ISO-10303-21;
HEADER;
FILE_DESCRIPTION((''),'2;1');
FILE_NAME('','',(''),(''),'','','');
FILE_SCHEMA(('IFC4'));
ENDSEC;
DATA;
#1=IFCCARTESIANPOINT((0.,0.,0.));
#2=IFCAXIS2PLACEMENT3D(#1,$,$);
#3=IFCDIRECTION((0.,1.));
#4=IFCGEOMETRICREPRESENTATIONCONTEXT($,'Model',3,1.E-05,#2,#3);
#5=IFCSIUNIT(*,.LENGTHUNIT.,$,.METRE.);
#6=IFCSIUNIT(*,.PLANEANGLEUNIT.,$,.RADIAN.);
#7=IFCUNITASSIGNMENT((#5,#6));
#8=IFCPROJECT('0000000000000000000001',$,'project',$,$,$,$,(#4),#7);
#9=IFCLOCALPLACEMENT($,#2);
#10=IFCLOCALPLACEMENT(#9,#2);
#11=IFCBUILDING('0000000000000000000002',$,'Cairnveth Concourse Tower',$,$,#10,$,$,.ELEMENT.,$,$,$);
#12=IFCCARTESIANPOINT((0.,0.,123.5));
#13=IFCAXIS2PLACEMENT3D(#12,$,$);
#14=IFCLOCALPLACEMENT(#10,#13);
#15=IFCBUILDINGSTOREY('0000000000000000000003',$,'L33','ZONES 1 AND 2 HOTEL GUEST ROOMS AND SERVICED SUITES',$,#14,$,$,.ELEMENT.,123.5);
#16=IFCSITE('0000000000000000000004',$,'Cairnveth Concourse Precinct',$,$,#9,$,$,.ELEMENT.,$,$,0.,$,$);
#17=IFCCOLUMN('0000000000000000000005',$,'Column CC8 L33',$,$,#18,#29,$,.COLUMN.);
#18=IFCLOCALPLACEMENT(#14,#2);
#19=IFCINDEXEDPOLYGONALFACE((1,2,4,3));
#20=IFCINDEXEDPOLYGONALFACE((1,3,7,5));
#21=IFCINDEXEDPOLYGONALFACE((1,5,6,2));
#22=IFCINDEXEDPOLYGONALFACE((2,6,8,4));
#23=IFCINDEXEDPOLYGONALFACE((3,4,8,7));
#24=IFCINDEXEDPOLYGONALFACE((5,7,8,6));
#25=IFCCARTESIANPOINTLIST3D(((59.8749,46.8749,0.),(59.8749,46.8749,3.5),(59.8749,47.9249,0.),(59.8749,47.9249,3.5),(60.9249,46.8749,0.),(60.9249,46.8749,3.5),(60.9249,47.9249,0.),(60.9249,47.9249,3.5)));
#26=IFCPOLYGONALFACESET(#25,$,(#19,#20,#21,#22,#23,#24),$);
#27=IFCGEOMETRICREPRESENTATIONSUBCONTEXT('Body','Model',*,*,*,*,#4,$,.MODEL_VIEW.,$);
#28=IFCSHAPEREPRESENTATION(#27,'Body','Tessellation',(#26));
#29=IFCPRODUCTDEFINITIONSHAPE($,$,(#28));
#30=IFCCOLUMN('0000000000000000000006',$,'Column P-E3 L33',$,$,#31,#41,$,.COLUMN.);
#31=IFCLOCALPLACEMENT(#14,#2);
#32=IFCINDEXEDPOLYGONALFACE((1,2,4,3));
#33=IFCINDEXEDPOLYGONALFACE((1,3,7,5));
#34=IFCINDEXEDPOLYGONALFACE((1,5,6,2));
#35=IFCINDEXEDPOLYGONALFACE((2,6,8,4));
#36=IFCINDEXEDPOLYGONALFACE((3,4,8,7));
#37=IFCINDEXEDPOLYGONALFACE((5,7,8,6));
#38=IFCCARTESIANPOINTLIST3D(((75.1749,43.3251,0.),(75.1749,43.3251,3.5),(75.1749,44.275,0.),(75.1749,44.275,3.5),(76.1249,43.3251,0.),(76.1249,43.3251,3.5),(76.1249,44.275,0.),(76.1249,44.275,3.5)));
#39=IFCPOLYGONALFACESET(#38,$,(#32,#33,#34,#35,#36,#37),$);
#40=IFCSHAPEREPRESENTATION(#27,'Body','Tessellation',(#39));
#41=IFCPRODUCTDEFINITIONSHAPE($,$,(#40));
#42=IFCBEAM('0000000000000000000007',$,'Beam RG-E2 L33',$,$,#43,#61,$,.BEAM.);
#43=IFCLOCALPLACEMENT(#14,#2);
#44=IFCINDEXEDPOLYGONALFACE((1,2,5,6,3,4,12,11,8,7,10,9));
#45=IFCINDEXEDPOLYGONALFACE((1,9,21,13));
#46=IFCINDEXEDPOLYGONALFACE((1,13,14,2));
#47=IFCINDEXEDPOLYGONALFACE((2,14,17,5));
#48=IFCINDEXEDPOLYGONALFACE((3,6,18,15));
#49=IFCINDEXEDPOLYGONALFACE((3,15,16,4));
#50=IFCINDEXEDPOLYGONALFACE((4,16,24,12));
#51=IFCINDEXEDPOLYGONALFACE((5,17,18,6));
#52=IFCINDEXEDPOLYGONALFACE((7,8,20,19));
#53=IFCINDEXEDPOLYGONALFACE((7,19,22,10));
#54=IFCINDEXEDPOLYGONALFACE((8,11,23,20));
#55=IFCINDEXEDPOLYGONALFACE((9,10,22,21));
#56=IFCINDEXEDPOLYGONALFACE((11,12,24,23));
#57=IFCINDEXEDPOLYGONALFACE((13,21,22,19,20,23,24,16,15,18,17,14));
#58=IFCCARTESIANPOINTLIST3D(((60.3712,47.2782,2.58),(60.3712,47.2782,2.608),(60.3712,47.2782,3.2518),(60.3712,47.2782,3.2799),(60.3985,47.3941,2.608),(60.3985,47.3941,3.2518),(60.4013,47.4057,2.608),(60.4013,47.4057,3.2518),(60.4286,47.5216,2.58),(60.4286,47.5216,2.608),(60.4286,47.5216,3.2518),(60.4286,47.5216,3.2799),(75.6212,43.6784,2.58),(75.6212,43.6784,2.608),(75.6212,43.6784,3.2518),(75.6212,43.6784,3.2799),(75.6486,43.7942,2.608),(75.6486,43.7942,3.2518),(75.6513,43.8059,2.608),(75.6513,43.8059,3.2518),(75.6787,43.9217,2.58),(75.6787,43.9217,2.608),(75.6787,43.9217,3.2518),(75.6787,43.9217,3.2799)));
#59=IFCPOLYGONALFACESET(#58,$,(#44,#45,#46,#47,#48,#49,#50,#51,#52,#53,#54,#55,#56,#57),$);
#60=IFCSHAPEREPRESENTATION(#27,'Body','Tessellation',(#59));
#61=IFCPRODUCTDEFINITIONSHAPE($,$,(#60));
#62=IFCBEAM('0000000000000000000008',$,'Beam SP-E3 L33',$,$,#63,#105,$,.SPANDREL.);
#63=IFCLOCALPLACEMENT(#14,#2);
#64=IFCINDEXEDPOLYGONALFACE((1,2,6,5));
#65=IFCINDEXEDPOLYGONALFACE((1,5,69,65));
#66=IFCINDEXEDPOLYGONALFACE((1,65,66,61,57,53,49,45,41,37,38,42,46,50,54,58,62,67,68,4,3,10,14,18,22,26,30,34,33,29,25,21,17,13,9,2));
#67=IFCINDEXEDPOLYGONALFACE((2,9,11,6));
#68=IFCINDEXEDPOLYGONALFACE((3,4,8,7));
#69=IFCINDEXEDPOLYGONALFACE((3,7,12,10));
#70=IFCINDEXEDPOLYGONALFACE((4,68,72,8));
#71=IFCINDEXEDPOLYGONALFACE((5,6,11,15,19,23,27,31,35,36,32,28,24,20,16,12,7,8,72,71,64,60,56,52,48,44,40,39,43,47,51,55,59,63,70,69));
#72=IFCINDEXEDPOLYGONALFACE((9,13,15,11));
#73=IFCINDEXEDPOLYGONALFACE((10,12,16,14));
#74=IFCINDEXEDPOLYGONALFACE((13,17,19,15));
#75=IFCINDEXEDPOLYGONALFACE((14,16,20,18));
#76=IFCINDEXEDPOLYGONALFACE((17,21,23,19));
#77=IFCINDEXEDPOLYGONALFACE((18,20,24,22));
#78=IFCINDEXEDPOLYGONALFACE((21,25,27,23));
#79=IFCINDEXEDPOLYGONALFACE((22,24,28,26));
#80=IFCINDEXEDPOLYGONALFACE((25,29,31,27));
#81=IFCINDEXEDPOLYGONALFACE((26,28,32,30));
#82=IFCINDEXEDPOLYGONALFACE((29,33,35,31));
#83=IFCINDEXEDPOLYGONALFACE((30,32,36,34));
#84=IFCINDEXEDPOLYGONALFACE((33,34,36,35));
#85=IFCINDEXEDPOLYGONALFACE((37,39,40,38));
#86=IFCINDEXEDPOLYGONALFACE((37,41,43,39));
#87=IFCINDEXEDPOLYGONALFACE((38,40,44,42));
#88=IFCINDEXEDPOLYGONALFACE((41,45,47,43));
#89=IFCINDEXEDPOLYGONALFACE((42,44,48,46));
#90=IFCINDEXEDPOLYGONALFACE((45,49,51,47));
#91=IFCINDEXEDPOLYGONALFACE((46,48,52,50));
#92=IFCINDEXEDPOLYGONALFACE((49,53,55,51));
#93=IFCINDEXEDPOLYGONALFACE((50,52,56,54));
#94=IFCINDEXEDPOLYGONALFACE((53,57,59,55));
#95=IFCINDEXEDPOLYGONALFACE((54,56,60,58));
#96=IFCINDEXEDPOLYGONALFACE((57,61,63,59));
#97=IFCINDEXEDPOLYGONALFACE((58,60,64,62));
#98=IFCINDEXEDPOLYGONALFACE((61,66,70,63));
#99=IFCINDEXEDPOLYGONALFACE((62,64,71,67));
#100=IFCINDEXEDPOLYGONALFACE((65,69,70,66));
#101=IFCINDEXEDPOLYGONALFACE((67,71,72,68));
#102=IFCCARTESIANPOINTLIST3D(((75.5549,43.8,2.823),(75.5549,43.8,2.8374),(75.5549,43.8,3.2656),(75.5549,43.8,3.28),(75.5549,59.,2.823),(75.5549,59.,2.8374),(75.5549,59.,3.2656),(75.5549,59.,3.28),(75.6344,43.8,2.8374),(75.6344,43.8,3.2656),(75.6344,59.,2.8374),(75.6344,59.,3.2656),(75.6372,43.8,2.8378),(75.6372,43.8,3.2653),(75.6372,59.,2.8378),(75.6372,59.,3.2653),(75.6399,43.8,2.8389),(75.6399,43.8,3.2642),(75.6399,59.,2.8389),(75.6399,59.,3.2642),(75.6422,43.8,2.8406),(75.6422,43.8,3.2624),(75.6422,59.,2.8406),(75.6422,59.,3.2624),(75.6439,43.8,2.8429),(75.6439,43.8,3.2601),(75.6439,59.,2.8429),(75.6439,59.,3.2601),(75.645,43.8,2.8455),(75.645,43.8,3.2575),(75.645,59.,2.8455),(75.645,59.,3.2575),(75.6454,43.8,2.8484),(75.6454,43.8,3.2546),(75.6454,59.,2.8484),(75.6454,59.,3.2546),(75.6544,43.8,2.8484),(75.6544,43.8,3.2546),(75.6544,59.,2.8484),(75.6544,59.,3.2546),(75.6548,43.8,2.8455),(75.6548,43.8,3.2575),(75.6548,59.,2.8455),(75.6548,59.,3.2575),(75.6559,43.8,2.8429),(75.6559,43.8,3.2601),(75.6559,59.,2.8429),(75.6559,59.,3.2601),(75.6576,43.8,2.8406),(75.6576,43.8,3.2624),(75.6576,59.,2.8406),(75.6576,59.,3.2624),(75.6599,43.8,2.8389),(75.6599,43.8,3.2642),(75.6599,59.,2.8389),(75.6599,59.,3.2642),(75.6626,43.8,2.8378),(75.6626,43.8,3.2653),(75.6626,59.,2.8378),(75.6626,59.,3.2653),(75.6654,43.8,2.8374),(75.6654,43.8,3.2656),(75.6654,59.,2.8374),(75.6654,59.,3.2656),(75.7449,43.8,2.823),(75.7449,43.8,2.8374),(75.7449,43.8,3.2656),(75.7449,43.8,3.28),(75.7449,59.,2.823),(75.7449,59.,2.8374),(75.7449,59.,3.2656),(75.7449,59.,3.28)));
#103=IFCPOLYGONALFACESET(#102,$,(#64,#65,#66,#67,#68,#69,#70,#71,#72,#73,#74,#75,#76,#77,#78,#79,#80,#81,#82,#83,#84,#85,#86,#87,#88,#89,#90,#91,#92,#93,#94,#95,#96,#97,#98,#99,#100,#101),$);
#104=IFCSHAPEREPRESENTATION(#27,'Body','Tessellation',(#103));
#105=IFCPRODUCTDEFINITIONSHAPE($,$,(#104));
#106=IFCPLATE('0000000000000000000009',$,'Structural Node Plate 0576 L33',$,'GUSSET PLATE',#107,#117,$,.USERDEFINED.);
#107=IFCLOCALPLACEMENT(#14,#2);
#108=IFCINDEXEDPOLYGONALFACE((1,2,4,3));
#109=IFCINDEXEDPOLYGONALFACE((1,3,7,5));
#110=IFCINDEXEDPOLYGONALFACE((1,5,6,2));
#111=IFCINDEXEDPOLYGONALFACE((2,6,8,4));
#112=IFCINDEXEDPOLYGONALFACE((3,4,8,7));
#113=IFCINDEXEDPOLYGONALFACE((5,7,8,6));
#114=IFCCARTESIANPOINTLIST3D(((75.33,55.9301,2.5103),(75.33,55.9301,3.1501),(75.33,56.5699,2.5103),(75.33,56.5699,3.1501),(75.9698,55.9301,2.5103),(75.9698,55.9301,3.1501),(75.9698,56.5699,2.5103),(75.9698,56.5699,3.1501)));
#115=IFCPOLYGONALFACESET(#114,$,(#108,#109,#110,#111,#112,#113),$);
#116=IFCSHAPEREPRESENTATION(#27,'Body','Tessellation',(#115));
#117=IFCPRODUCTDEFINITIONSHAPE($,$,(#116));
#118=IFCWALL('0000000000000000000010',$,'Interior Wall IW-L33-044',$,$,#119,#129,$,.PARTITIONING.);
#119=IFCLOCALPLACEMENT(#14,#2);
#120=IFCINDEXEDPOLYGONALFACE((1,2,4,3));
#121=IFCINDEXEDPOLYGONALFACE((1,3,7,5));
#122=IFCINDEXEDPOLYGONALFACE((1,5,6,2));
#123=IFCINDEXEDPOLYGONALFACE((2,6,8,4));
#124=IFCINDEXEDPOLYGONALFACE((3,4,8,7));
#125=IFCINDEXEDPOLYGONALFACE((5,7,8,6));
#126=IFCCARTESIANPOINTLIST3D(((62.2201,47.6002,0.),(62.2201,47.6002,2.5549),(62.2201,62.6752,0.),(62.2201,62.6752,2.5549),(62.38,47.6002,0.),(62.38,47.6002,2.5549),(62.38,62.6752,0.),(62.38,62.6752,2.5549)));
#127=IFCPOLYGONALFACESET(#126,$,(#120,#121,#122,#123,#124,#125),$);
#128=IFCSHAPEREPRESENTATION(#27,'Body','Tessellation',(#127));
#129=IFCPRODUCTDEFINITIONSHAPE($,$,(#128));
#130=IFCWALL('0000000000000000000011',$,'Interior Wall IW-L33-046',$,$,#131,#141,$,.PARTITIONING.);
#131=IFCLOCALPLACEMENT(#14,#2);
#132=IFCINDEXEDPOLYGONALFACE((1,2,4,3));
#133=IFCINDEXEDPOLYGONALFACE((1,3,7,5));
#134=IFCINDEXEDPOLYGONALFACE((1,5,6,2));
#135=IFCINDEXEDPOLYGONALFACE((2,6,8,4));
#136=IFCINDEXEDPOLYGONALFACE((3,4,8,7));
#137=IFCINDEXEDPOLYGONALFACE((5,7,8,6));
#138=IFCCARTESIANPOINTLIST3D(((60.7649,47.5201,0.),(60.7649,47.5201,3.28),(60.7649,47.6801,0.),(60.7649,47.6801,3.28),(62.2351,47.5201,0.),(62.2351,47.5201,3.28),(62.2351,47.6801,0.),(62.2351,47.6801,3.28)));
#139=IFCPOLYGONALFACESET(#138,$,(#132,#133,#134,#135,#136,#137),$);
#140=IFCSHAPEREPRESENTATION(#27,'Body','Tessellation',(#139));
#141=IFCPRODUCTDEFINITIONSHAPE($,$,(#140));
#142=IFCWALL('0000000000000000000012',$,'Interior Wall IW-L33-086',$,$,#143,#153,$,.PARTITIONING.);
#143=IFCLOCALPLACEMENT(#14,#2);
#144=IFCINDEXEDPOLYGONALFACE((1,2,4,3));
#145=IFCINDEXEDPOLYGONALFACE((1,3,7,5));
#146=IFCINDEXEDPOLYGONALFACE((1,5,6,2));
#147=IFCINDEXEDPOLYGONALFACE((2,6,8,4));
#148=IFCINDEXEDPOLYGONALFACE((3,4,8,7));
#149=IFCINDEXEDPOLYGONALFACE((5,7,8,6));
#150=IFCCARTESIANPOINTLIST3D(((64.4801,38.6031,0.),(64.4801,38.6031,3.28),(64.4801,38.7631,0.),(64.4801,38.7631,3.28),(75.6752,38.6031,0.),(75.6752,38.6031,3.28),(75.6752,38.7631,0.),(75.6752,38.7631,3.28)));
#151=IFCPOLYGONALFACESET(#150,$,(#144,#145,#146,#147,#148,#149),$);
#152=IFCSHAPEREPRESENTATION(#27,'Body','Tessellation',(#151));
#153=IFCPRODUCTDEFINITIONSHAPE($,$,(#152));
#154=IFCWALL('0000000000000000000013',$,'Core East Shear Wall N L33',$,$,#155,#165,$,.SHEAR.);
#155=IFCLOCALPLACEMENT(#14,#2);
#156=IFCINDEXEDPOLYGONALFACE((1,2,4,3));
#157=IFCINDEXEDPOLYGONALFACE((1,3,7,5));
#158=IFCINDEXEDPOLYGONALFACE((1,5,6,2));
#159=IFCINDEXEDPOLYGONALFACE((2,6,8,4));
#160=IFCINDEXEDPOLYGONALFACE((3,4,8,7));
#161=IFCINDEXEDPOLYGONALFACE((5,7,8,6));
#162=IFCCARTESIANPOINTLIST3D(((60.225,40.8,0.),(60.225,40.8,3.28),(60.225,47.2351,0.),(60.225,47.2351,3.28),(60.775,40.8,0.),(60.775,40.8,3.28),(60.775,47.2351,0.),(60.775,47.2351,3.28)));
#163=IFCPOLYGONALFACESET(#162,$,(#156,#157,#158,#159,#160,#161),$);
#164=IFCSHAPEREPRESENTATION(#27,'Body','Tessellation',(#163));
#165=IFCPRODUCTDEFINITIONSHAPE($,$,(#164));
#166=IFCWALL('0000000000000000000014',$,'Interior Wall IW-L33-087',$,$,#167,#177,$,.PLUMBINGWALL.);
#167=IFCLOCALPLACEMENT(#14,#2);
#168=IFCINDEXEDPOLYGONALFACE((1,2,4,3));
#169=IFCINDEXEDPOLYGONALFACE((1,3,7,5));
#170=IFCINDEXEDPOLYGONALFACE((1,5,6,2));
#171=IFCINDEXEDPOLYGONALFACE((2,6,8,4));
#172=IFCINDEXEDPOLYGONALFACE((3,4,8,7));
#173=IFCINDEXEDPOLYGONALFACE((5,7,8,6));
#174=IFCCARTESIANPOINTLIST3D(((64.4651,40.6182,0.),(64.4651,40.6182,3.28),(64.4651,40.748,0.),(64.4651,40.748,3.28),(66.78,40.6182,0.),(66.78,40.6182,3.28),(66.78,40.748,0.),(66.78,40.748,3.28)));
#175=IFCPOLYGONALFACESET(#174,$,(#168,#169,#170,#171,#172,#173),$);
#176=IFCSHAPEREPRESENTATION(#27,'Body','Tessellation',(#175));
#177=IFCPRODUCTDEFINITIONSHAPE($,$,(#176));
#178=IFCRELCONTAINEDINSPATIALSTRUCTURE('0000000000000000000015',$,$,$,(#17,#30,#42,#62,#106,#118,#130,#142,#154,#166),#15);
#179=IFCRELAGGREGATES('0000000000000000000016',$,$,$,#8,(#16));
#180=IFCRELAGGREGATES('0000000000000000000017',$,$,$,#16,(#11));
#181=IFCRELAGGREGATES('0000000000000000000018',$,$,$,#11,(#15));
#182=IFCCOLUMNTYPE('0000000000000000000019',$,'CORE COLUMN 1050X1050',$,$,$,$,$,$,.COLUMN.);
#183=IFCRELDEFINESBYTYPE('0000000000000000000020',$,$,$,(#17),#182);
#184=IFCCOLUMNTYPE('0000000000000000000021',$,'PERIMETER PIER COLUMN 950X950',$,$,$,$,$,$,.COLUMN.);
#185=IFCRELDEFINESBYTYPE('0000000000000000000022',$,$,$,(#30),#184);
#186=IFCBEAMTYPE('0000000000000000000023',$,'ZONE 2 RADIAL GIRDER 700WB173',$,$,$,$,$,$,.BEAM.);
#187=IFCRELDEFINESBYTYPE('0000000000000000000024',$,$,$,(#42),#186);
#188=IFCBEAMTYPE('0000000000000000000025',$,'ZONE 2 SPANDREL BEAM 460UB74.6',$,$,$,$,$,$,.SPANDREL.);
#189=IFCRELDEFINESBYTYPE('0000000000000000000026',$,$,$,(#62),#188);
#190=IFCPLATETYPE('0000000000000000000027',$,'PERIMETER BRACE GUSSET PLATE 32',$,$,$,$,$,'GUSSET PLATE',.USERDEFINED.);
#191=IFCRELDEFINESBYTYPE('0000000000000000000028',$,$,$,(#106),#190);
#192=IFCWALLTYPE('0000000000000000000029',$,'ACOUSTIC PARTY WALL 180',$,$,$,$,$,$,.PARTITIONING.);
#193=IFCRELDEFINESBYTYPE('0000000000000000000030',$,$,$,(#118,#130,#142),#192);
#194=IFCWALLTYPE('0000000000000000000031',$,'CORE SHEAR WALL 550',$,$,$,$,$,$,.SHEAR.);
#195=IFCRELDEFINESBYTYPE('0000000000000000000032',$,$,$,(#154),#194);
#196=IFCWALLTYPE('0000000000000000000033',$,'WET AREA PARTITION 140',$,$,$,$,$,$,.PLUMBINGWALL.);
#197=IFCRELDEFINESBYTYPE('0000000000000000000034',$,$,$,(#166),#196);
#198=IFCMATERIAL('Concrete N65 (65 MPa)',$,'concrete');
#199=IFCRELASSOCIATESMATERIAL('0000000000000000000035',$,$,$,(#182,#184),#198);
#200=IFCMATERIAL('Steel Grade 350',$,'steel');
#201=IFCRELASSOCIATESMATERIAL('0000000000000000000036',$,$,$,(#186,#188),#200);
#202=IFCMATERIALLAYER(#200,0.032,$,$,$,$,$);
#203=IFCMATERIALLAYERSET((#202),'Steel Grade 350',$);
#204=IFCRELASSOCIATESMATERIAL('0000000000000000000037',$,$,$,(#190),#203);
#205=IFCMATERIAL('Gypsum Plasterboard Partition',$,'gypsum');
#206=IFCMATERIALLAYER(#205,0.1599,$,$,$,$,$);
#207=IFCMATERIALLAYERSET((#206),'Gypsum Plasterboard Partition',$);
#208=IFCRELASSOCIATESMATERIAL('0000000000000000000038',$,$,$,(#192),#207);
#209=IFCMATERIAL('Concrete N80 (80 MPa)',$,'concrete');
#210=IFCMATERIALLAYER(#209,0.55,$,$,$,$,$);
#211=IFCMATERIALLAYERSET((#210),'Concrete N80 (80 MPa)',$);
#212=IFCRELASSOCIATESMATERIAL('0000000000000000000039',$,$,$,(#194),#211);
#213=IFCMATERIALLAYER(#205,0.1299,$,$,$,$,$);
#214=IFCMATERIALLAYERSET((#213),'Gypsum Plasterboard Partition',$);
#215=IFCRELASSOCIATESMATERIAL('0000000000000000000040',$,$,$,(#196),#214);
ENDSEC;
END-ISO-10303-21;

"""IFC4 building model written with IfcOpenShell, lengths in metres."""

from ifc_helpers import new_model, si_unit, direction, frame, frame_2d, origin, origin_2d, place, context, subcontext, project, spatial, rectangle, i_section, extrude, material, layer, layer_set, material_profile, profile_set, type_object, element, save


model = new_model("IFC4")

# Units and contexts
model_context = context("Model", 3, precision=1e-05, world=origin(), true_north=direction((0.0, 1.0)))
body_context = subcontext(model_context, "Body", "Model", "MODEL_VIEW")
ifc_project = project(units=[si_unit("LENGTHUNIT", "METRE"), si_unit("PLANEANGLEUNIT", "RADIAN")], contexts=[model_context])

# Site, building, storey
site_placement = place(None, origin())
site = spatial("IfcSite", under=ifc_project, at=site_placement, Name="Cairnveth Concourse Precinct", CompositionType="ELEMENT", RefElevation=0.0)
building_placement = place(site_placement, origin())
building = spatial("IfcBuilding", under=site, at=building_placement, Name="Cairnveth Concourse Tower", CompositionType="ELEMENT")
storey_placement = place(building_placement, frame((0.0, 0.0, 123.5)))
storey = spatial("IfcBuildingStorey", under=building, at=storey_placement, Name="L33", Description="ZONES 1 AND 2 HOTEL GUEST ROOMS AND SERVICED SUITES", CompositionType="ELEMENT", Elevation=123.5)

# Columns
ifc_material_1 = material(Name="Concrete N65 (65 MPa)", Category="concrete")
ifc_material_profile_1 = material_profile(ifc_material_1, rectangle(XDim=1.05, YDim=1.05, at=origin_2d()), Name="RC-COL-1050x1050")
ifc_profile_set_1 = profile_set([ifc_material_profile_1], Name="Concrete N65 (65 MPa)")
column_type_1 = type_object("IfcColumnType", Name="CORE COLUMN 1050X1050", PredefinedType="COLUMN", material=ifc_profile_set_1)
column_1_placement = place(storey_placement, frame((60.3999, 47.3999, 0.0), z_axis=(0.0, 0.0, 1.0), x_axis=(1.0, 0.0, 0.0)))
element("IfcColumn", 1, at=column_1_placement, inside=storey, type_object=column_type_1, Name="Column CC8 L33", PredefinedType="COLUMN", context=body_context, shape_type="SweptSolid", body=[
    extrude(rectangle(XDim=1.05, YDim=1.05, at=origin_2d()), origin(), (0.0, 0.0, 1.0), 3.5),
])
ifc_material_profile_2 = material_profile(ifc_material_1, rectangle(XDim=0.95, YDim=0.95, at=origin_2d()), Name="RC-COL-950x950")
ifc_profile_set_2 = profile_set([ifc_material_profile_2], Name="Concrete N65 (65 MPa)")
column_type_2 = type_object("IfcColumnType", Name="PERIMETER PIER COLUMN 950X950", PredefinedType="COLUMN", material=ifc_profile_set_2)
column_2_placement = place(storey_placement, frame((75.6499, 43.8, 0.0), z_axis=(0.0, 0.0, 1.0), x_axis=(0.0, 1.0, 0.0)))
element("IfcColumn", 2, at=column_2_placement, inside=storey, type_object=column_type_2, Name="Column P-E3 L33", PredefinedType="COLUMN", context=body_context, shape_type="SweptSolid", body=[
    extrude(rectangle(XDim=0.95, YDim=0.95, at=origin_2d()), origin(), (0.0, 0.0, 1.0), 3.5),
])

# Beams
ifc_material_2 = material(Name="Steel Grade 350", Category="steel")
ifc_material_profile_3 = material_profile(ifc_material_2, i_section(OverallWidth=0.25, OverallDepth=0.7, WebThickness=0.012, FlangeThickness=0.0281, at=origin_2d()), Name="700WB173")
ifc_profile_set_3 = profile_set([ifc_material_profile_3], Name="Steel Grade 350")
beam_type_1 = type_object("IfcBeamType", Name="ZONE 2 RADIAL GIRDER 700WB173", PredefinedType="BEAM", material=ifc_profile_set_3)
beam_1_placement = place(storey_placement, frame((60.3999, 47.3999, 2.9299), z_axis=(0.973252, -0.229742, 0.0), x_axis=(0.229742, 0.973252, 0.0)))
element("IfcBeam", 3, at=beam_1_placement, inside=storey, type_object=beam_type_1, Name="Beam RG-E2 L33", PredefinedType="BEAM", context=body_context, shape_type="SweptSolid", body=[
    extrude(i_section(OverallWidth=0.25, OverallDepth=0.7, WebThickness=0.012, FlangeThickness=0.0281, at=origin_2d()), origin(), (0.0, 0.0, 1.0), 15.6692),
])
ifc_material_profile_4 = material_profile(ifc_material_2, i_section(OverallWidth=0.1899, OverallDepth=0.457, WebThickness=0.009, FlangeThickness=0.0144, FilletRadius=0.011, at=origin_2d()), Name="460UB74.6")
ifc_profile_set_4 = profile_set([ifc_material_profile_4], Name="Steel Grade 350")
beam_type_2 = type_object("IfcBeamType", Name="ZONE 2 SPANDREL BEAM 460UB74.6", PredefinedType="SPANDREL", material=ifc_profile_set_4)
beam_2_placement = place(storey_placement, frame((75.6499, 43.8, 3.0515), z_axis=(0.0, 1.0, 0.0), x_axis=(-1.0, 0.0, 0.0)))
element("IfcBeam", 4, at=beam_2_placement, inside=storey, type_object=beam_type_2, Name="Beam SP-E3 L33", PredefinedType="SPANDREL", context=body_context, shape_type="SweptSolid", body=[
    extrude(i_section(OverallWidth=0.1899, OverallDepth=0.457, WebThickness=0.009, FlangeThickness=0.0144, FilletRadius=0.011, at=origin_2d()), origin(), (0.0, 0.0, 1.0), 15.2),
])

# Plate
ifc_layer_1 = layer(ifc_material_2, 0.032)
ifc_layer_set_1 = layer_set([ifc_layer_1], Name="Steel Grade 350")
plate_type = type_object("IfcPlateType", Name="PERIMETER BRACE GUSSET PLATE 32", ElementType="GUSSET PLATE", PredefinedType="USERDEFINED", material=ifc_layer_set_1)
plate_placement = place(storey_placement, frame((75.6499, 56.25, 2.5103), z_axis=(0.0, 0.0, 1.0), x_axis=(1.0, 0.0, 0.0)))
element("IfcPlate", 5, at=plate_placement, inside=storey, type_object=plate_type, Name="Structural Node Plate 0576 L33", ObjectType="GUSSET PLATE", PredefinedType="USERDEFINED", context=body_context, shape_type="SweptSolid", body=[
    extrude(rectangle(XDim=0.6399, YDim=0.6399, at=origin_2d()), origin(), (0.0, 0.0, 1.0), 0.6399),
])

# Walls
ifc_material_3 = material(Name="Gypsum Plasterboard Partition", Category="gypsum")
ifc_layer_2 = layer(ifc_material_3, 0.1599)
ifc_layer_set_2 = layer_set([ifc_layer_2], Name="Gypsum Plasterboard Partition")
wall_type_1 = type_object("IfcWallType", Name="ACOUSTIC PARTY WALL 180", PredefinedType="PARTITIONING", material=ifc_layer_set_2)
wall_1_placement = place(storey_placement, frame((62.3, 47.6001, 0.0), z_axis=(0.0, 0.0, 1.0), x_axis=(0.0, 1.0, 0.0)))
element("IfcWall", 6, at=wall_1_placement, inside=storey, type_object=wall_type_1, Name="Interior Wall IW-L33-044", PredefinedType="PARTITIONING", context=body_context, shape_type="SweptSolid", body=[
    extrude(rectangle(XDim=15.075, YDim=0.1599, at=frame_2d((7.5376, 0.0))), origin(), (0.0, 0.0, 1.0), 2.5549),
])
wall_2_placement = place(storey_placement, frame((60.7649, 47.6001, 0.0), z_axis=(0.0, 0.0, 1.0), x_axis=(1.0, 0.0, 0.0)))
element("IfcWall", 7, at=wall_2_placement, inside=storey, type_object=wall_type_1, Name="Interior Wall IW-L33-046", PredefinedType="PARTITIONING", context=body_context, shape_type="SweptSolid", body=[
    extrude(rectangle(XDim=1.4702, YDim=0.1599, at=frame_2d((0.7351, 0.0))), origin(), (0.0, 0.0, 1.0), 3.28),
])
wall_3_placement = place(storey_placement, frame((64.48, 38.6831, 0.0), z_axis=(0.0, 0.0, 1.0), x_axis=(1.0, 0.0, 0.0)))
element("IfcWall", 8, at=wall_3_placement, inside=storey, type_object=wall_type_1, Name="Interior Wall IW-L33-086", PredefinedType="PARTITIONING", context=body_context, shape_type="SweptSolid", body=[
    extrude(rectangle(XDim=11.1951, YDim=0.1599, at=frame_2d((5.5977, 0.0))), origin(), (0.0, 0.0, 1.0), 3.28),
])
ifc_material_4 = material(Name="Concrete N80 (80 MPa)", Category="concrete")
ifc_layer_3 = layer(ifc_material_4, 0.55)
ifc_layer_set_3 = layer_set([ifc_layer_3], Name="Concrete N80 (80 MPa)")
wall_type_2 = type_object("IfcWallType", Name="CORE SHEAR WALL 550", PredefinedType="SHEAR", material=ifc_layer_set_3)
wall_4_placement = place(storey_placement, frame((60.5, 40.8, 0.0), z_axis=(0.0, 0.0, 1.0), x_axis=(0.0, 1.0, 0.0)))
element("IfcWall", 9, at=wall_4_placement, inside=storey, type_object=wall_type_2, Name="Core East Shear Wall N L33", PredefinedType="SHEAR", context=body_context, shape_type="SweptSolid", body=[
    extrude(rectangle(XDim=6.4351, YDim=0.55, at=frame_2d((3.2175, 0.0))), origin(), (0.0, 0.0, 1.0), 3.28),
])

# Wall
ifc_layer_4 = layer(ifc_material_3, 0.1299)
ifc_layer_set_4 = layer_set([ifc_layer_4], Name="Gypsum Plasterboard Partition")
wall_type_3 = type_object("IfcWallType", Name="WET AREA PARTITION 140", PredefinedType="PLUMBINGWALL", material=ifc_layer_set_4)
wall_5_placement = place(storey_placement, frame((64.4651, 40.6831, 0.0), z_axis=(0.0, 0.0, 1.0), x_axis=(1.0, 0.0, 0.0)))
element("IfcWall", 10, at=wall_5_placement, inside=storey, type_object=wall_type_3, Name="Interior Wall IW-L33-087", PredefinedType="PLUMBINGWALL", context=body_context, shape_type="SweptSolid", body=[
    extrude(rectangle(XDim=2.3149, YDim=0.1299, at=frame_2d((1.1575, 0.0))), origin(), (0.0, 0.0, 1.0), 3.28),
])

save(model, "model.ifc")
